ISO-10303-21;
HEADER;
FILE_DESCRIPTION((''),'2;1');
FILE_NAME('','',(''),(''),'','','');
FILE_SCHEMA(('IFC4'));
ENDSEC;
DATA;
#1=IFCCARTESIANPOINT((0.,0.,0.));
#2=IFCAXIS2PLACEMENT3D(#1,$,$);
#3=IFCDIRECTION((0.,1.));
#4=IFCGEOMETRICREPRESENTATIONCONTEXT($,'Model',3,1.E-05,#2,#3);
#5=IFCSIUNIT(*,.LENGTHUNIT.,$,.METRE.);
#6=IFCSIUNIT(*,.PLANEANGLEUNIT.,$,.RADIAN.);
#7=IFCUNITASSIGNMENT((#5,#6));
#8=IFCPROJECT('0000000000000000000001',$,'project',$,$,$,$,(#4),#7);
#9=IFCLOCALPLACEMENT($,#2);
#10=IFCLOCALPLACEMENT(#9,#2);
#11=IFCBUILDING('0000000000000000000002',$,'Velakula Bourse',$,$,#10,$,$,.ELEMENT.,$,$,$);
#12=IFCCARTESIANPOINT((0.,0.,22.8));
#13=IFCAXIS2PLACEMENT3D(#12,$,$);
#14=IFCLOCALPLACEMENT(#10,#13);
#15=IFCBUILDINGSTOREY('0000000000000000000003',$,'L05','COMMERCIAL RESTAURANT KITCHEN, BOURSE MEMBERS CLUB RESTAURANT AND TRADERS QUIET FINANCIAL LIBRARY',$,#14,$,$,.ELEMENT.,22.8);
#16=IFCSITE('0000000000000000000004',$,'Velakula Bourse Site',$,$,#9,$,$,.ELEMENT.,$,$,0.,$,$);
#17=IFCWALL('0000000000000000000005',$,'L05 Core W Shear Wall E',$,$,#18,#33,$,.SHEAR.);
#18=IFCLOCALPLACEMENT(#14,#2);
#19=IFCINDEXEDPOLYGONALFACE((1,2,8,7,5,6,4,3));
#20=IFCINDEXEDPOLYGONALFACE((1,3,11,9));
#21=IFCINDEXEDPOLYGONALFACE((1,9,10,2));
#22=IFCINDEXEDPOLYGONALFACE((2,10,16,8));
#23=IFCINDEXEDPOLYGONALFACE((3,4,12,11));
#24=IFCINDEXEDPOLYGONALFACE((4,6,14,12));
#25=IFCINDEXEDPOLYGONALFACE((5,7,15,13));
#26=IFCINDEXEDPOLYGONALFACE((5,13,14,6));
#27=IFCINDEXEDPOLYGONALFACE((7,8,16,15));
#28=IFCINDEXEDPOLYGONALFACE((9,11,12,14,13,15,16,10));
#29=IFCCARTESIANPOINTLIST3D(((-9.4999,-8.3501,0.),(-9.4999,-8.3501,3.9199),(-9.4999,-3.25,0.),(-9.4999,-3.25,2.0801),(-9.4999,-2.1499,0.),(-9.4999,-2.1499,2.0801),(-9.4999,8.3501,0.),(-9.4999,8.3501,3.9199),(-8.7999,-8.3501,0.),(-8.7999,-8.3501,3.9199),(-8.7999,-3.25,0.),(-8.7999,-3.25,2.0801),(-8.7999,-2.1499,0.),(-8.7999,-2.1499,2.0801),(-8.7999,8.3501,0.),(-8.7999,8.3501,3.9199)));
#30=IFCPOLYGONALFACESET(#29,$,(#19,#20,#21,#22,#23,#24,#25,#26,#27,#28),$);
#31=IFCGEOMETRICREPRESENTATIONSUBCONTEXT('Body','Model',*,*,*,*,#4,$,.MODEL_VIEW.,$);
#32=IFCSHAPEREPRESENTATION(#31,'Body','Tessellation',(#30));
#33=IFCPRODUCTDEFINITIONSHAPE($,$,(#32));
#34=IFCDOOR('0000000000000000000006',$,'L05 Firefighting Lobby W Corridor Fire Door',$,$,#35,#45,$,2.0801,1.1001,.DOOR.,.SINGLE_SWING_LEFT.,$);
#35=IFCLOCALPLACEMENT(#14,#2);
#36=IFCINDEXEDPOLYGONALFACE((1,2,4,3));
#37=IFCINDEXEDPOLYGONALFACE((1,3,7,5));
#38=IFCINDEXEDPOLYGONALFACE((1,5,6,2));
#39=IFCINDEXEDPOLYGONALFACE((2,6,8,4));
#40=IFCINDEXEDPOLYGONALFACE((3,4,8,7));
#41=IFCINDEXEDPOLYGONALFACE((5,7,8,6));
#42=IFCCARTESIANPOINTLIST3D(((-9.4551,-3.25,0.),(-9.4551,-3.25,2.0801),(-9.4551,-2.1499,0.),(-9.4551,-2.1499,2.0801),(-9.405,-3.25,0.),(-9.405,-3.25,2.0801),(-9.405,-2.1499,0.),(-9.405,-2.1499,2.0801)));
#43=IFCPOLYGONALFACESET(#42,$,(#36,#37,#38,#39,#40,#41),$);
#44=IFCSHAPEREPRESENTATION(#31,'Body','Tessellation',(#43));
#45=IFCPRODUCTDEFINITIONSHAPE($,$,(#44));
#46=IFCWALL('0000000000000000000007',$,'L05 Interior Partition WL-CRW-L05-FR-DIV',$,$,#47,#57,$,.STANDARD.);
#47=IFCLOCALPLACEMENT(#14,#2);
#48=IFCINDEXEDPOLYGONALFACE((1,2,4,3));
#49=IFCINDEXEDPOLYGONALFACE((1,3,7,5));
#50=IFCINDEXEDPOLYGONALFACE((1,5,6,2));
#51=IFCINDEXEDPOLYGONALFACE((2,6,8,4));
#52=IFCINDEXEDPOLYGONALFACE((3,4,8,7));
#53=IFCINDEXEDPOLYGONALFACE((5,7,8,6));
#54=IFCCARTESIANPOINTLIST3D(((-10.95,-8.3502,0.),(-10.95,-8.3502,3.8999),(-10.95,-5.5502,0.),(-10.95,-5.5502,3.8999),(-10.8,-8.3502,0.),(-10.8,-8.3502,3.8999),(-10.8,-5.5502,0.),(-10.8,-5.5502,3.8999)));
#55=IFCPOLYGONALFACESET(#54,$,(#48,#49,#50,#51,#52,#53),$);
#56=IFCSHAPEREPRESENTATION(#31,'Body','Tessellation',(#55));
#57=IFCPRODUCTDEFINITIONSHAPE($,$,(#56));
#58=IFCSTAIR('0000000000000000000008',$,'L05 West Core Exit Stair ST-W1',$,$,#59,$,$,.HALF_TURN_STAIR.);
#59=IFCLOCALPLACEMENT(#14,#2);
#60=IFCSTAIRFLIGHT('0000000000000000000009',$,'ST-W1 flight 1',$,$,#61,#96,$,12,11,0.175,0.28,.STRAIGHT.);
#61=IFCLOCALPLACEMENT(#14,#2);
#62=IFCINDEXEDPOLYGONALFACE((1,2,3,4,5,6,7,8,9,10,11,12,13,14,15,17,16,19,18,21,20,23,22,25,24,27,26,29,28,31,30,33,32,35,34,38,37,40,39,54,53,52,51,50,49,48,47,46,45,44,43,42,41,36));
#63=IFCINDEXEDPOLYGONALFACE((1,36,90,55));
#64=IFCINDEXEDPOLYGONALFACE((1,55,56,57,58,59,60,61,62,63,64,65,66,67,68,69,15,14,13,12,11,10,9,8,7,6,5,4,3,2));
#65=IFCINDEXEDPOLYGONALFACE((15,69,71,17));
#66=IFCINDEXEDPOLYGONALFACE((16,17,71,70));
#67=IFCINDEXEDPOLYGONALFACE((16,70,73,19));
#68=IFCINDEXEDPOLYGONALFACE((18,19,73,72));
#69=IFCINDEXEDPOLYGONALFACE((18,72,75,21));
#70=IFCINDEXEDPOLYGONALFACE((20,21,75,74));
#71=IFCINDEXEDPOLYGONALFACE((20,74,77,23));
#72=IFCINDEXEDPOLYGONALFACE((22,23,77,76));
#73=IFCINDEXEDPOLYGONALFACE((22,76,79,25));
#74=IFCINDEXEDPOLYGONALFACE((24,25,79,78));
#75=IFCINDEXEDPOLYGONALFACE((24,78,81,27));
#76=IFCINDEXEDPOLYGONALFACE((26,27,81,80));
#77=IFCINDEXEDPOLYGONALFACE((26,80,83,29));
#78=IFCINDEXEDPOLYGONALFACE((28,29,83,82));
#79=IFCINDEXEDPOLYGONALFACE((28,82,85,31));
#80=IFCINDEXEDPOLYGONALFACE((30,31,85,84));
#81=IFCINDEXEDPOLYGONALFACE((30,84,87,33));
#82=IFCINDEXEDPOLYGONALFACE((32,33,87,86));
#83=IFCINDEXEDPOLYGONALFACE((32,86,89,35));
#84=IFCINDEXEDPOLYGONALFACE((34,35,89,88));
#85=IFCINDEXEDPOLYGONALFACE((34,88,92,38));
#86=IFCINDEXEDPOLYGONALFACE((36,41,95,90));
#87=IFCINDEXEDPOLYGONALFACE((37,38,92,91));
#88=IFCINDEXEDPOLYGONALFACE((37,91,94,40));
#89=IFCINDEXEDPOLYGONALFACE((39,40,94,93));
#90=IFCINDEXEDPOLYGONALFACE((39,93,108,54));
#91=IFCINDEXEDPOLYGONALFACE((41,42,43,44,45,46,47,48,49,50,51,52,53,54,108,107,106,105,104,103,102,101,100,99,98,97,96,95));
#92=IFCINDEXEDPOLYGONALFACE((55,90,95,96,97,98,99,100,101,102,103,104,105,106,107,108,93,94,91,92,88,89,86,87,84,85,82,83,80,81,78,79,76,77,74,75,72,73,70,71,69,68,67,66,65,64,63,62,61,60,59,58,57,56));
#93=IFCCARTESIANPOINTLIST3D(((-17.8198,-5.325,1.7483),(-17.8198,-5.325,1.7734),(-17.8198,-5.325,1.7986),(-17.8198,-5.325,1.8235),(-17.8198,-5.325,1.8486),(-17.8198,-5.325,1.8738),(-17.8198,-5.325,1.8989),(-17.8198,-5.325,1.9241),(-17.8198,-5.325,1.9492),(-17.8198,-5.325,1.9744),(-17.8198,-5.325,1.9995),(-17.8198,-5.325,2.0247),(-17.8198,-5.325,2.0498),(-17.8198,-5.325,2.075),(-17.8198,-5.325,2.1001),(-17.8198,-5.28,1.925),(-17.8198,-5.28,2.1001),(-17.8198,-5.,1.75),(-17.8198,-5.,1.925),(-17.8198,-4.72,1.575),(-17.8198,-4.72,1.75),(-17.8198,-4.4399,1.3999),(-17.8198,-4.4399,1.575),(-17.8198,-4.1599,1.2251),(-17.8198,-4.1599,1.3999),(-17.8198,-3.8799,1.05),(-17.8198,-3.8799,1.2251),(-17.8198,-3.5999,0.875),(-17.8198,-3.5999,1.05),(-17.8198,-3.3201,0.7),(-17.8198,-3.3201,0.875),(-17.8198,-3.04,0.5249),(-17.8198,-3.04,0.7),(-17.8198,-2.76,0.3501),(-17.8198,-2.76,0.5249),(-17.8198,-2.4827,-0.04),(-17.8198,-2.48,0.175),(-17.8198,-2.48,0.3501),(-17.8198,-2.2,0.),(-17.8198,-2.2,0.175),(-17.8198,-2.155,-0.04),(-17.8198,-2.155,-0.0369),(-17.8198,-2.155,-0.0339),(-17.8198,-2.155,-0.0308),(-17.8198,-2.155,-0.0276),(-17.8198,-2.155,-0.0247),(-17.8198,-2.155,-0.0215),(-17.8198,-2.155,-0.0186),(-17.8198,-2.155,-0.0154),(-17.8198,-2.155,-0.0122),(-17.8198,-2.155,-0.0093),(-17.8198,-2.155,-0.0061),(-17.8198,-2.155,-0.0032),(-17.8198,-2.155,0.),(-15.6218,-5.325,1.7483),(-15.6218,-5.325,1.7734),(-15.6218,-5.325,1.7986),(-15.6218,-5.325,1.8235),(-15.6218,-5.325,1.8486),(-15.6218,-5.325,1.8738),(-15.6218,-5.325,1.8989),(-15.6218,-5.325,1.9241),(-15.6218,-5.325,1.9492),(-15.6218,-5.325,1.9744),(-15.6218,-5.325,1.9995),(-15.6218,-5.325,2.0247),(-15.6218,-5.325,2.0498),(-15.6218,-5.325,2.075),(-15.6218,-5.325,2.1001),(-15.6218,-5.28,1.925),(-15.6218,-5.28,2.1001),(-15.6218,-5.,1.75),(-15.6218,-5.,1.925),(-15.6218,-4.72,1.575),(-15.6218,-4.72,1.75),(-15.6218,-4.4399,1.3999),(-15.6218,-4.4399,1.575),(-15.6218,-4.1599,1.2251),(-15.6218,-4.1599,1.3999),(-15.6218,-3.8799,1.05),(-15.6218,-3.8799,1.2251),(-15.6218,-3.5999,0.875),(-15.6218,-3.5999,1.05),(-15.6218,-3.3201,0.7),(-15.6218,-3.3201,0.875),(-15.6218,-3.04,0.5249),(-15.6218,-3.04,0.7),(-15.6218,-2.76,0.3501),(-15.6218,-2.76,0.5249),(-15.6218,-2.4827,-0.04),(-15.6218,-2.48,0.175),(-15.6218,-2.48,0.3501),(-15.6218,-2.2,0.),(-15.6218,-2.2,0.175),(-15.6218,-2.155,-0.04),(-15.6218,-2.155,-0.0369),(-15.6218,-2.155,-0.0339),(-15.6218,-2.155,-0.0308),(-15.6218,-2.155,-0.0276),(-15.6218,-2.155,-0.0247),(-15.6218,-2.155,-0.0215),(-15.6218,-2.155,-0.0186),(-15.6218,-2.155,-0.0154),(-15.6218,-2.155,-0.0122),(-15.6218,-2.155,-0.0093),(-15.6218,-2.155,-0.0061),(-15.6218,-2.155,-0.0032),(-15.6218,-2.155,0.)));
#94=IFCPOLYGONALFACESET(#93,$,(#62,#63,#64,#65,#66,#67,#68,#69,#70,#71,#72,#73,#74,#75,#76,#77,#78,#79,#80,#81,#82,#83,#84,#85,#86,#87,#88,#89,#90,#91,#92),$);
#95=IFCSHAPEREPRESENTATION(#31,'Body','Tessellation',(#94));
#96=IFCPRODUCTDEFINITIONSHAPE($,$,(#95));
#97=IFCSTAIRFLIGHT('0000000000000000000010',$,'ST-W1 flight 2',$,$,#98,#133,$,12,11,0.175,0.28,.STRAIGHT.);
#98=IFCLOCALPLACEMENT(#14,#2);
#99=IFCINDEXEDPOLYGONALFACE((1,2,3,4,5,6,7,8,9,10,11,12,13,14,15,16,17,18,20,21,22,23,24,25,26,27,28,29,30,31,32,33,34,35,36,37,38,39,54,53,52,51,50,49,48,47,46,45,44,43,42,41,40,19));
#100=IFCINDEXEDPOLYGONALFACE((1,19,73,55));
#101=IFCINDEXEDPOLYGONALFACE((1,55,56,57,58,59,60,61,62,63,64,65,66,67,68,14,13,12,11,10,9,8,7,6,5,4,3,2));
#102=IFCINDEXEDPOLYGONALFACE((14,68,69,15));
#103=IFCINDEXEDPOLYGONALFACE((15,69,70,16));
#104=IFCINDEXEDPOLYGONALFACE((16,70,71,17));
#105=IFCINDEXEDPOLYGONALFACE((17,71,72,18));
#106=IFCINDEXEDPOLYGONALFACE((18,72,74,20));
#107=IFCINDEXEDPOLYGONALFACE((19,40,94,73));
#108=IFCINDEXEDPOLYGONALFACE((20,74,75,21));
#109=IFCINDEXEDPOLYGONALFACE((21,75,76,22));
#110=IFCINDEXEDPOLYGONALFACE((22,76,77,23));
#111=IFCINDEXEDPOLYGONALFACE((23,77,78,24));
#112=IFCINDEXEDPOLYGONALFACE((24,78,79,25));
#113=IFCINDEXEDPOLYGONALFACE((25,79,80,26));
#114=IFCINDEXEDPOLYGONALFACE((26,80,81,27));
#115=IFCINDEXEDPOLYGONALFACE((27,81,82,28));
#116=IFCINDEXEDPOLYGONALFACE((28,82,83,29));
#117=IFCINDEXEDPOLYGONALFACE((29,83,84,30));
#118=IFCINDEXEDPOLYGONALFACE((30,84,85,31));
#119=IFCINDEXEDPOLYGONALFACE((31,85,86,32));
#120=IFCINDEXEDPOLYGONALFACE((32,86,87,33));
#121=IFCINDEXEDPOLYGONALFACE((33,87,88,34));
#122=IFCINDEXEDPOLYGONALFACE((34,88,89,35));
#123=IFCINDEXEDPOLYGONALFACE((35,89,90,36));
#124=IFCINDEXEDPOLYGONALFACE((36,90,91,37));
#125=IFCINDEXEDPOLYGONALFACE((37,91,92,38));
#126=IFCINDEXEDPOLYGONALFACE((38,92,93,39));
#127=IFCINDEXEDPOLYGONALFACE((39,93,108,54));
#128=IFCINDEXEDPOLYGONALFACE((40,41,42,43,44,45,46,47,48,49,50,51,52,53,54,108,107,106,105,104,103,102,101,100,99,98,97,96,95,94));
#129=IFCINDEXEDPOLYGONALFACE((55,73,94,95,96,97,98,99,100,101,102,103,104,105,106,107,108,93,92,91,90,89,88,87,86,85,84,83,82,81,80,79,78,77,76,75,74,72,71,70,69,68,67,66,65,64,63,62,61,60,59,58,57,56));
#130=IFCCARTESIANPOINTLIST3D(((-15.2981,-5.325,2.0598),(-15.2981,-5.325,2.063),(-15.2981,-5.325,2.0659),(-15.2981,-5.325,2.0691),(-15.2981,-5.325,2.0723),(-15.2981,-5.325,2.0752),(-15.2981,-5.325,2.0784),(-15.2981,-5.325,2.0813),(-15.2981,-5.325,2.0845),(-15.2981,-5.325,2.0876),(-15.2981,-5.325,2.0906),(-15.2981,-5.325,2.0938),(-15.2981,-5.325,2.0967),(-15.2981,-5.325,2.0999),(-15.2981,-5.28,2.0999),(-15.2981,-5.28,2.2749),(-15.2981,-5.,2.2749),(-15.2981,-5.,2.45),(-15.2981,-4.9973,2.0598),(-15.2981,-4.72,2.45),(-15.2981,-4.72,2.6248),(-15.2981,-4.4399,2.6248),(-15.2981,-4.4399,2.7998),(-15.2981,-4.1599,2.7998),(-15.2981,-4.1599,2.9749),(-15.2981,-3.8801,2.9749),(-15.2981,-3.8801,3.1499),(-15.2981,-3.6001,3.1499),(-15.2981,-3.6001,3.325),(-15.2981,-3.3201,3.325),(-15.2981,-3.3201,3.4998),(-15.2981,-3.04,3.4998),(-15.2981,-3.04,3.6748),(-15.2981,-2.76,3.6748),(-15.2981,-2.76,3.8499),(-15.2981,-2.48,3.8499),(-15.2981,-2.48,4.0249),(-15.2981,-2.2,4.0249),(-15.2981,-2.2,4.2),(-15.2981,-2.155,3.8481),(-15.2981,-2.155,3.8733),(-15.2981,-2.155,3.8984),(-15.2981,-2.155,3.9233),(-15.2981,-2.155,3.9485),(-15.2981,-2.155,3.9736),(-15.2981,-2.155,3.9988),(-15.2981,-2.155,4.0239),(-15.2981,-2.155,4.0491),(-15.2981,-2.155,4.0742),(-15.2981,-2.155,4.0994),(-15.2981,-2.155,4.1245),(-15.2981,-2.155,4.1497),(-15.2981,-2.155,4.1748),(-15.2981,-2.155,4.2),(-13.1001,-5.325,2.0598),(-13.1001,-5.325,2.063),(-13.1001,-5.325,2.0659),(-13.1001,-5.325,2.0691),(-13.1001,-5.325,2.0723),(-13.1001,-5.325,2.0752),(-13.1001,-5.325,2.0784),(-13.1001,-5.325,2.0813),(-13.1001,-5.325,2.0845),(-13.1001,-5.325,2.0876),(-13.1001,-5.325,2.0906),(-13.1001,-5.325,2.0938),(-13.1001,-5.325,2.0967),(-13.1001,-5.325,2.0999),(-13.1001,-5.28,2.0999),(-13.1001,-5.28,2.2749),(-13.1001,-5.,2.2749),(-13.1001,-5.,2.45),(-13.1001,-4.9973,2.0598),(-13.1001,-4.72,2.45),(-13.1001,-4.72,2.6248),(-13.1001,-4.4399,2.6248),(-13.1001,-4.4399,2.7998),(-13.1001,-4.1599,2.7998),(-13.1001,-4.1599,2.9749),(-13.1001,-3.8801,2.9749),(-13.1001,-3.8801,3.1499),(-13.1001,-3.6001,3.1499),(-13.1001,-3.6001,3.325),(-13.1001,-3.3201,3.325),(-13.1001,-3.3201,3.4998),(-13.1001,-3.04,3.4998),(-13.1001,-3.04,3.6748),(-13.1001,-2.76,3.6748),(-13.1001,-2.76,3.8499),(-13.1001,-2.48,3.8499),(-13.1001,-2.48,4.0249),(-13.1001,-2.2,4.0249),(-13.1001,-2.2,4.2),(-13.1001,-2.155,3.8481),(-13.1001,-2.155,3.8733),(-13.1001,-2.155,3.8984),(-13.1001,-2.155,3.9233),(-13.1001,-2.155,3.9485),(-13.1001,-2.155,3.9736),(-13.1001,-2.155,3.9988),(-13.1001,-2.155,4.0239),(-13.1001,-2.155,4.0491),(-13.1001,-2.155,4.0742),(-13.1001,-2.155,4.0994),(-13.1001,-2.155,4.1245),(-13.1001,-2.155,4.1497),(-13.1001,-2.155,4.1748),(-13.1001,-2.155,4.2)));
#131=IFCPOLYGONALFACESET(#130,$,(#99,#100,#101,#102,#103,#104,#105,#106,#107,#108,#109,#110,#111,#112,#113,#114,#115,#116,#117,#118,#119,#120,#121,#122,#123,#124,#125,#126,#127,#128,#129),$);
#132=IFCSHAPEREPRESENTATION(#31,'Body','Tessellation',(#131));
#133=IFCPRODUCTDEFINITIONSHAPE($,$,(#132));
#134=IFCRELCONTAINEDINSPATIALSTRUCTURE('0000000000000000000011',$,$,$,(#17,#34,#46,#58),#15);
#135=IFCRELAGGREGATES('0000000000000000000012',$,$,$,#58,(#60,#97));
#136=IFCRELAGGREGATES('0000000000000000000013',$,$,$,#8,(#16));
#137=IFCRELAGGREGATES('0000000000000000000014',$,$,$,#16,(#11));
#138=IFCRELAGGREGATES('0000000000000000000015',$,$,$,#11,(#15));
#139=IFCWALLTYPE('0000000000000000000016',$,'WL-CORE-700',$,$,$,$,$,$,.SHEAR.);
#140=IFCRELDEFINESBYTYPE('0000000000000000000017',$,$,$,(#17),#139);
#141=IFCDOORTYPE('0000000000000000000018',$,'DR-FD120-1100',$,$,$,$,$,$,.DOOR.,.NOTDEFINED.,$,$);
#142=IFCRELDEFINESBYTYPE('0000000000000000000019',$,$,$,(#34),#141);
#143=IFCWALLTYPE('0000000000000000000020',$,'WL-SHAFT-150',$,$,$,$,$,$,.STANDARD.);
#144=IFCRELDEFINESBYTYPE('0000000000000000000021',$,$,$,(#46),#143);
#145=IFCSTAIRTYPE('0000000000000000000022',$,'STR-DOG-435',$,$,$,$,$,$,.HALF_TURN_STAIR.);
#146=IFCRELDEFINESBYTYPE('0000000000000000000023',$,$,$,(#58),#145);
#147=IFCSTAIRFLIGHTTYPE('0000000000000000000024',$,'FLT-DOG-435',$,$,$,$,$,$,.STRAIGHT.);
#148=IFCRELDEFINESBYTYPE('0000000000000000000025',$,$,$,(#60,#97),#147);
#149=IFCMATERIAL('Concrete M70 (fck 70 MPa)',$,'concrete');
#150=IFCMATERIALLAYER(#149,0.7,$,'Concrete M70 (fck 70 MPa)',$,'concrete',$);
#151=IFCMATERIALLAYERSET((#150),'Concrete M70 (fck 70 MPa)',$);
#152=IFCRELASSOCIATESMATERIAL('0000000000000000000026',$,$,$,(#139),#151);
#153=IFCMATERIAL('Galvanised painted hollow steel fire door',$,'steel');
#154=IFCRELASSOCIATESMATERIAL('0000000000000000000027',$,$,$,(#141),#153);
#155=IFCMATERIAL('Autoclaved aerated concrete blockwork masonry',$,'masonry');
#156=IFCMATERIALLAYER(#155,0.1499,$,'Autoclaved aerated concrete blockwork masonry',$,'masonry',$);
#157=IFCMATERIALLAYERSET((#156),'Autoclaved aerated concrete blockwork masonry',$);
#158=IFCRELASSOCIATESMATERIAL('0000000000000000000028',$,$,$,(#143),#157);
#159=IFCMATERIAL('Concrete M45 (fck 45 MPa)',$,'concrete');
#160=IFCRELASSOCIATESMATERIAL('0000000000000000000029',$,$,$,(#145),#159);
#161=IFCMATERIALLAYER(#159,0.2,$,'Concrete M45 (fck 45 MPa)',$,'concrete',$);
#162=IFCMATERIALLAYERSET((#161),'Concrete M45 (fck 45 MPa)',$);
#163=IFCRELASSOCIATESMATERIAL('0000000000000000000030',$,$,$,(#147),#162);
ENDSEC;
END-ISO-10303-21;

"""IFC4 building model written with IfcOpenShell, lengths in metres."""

from ifc_helpers import new_model, si_unit, direction, frame, frame_2d, origin, place, context, subcontext, project, spatial, polyline, rectangle, outline, extrude, material, layer, layer_set, type_object, element, fill, aggregate, save


model = new_model("IFC4")

# Units and contexts
model_context = context("Model", 3, precision=1e-05, world=origin(), true_north=direction((0.0, 1.0)))
body_context = subcontext(model_context, "Body", "Model", "MODEL_VIEW")
ifc_project = project(units=[si_unit("LENGTHUNIT", "METRE"), si_unit("PLANEANGLEUNIT", "RADIAN")], contexts=[model_context])

# Site, building, storey
site_placement = place(None, origin())
site = spatial("IfcSite", under=ifc_project, at=site_placement, Name="Velakula Bourse Site", CompositionType="ELEMENT", RefElevation=0.0)
building_placement = place(site_placement, origin())
building = spatial("IfcBuilding", under=site, at=building_placement, Name="Velakula Bourse", CompositionType="ELEMENT")
storey_placement = place(building_placement, frame((0.0, 0.0, 22.8)))
storey = spatial("IfcBuildingStorey", under=building, at=storey_placement, Name="L05", Description="COMMERCIAL RESTAURANT KITCHEN, BOURSE MEMBERS CLUB RESTAURANT AND TRADERS QUIET FINANCIAL LIBRARY", CompositionType="ELEMENT", Elevation=22.8)

# Shared definitions
ifc_material_1 = material(Name="Galvanised painted hollow steel fire door", Category="steel")

# Wall, opening, door
ifc_material_2 = material(Name="Concrete M70 (fck 70 MPa)", Category="concrete")
ifc_layer_1 = layer(ifc_material_2, 0.7, Name="Concrete M70 (fck 70 MPa)", Category="concrete")
ifc_layer_set_1 = layer_set([ifc_layer_1], Name="Concrete M70 (fck 70 MPa)")
wall_type_1 = type_object("IfcWallType", Name="WL-CORE-700", PredefinedType="SHEAR", material=ifc_layer_set_1)
wall_1_placement = place(storey_placement, frame((-9.1499, -8.3501, 0.0), z_axis=(0.0, 0.0, 1.0), x_axis=(0.0, 1.0, 0.0)))
wall_1 = element("IfcWall", 1, at=wall_1_placement, inside=storey, type_object=wall_type_1, Name="L05 Core W Shear Wall E", PredefinedType="SHEAR", context=body_context, shape_type="SweptSolid", body=[
    extrude(rectangle(XDim=16.7002, YDim=0.7, at=frame_2d((8.3501, 0.0))), origin(), (0.0, 0.0, 1.0), 3.9199),
])
opening_1_placement = place(wall_1_placement, frame((5.1001, 0.0, 0.0)))
opening_1 = element("IfcOpeningElement", 2, at=opening_1_placement, cuts=wall_1, PredefinedType="OPENING", context=body_context, shape_type="SweptSolid", body=[
    extrude(rectangle(XDim=1.1001, YDim=2.0801, at=frame_2d((0.55, 1.04))), frame((0.0, 0.3599, 0.0), z_axis=(0.0, -1.0, 0.0), x_axis=(1.0, 0.0, 0.0)), (0.0, 0.0, 1.0), 0.72),
])
door_type_1 = type_object("IfcDoorType", Name="DR-FD120-1100", OperationType="NOTDEFINED", PredefinedType="DOOR", material=ifc_material_1)
door_1_placement = place(opening_1_placement, origin())
door_1 = element("IfcDoor", 3, at=door_1_placement, inside=storey, type_object=door_type_1, Name="L05 Firefighting Lobby W Corridor Fire Door", OperationType="SINGLE_SWING_LEFT", OverallHeight=2.0801, OverallWidth=1.1001, PredefinedType="DOOR", context=body_context, shape_type="SweptSolid", body=[
    extrude(rectangle(XDim=1.1001, YDim=2.0801, at=frame_2d((0.55, 1.04))), frame((0.0, 0.3052, 0.0), z_axis=(0.0, -1.0, 0.0), x_axis=(1.0, 0.0, 0.0)), (0.0, 0.0, 1.0), 0.05),
])
fill(opening_1, door_1)

# Shared definitions
ifc_material_3 = material(Name="Autoclaved aerated concrete blockwork masonry", Category="masonry")
ifc_layer_2 = layer(ifc_material_3, 0.1499, Name="Autoclaved aerated concrete blockwork masonry", Category="masonry")
ifc_layer_set_2 = layer_set([ifc_layer_2], Name="Autoclaved aerated concrete blockwork masonry")
wall_type_2 = type_object("IfcWallType", Name="WL-SHAFT-150", PredefinedType="STANDARD", material=ifc_layer_set_2)

# Wall
wall_2_placement = place(storey_placement, frame((-10.875, -8.3501, 0.0), z_axis=(0.0, 0.0, 1.0), x_axis=(0.0, 1.0, 0.0)))
element("IfcWall", 4, at=wall_2_placement, inside=storey, type_object=wall_type_2, Name="L05 Interior Partition WL-CRW-L05-FR-DIV", PredefinedType="STANDARD", context=body_context, shape_type="SweptSolid", body=[
    extrude(rectangle(XDim=2.8, YDim=0.1499, at=frame_2d((1.3999, 0.0))), origin(), (0.0, 0.0, 1.0), 3.8999),
])

# Stair, stair flights
ifc_material_4 = material(Name="Concrete M45 (fck 45 MPa)", Category="concrete")
stair_type = type_object("IfcStairType", Name="STR-DOG-435", PredefinedType="HALF_TURN_STAIR", material=ifc_material_4)
stair_placement = place(storey_placement, origin())
stair = element("IfcStair", 5, at=stair_placement, inside=storey, type_object=stair_type, Name="L05 West Core Exit Stair ST-W1", PredefinedType="HALF_TURN_STAIR")
ifc_layer_3 = layer(ifc_material_4, 0.2, Name="Concrete M45 (fck 45 MPa)", Category="concrete")
ifc_layer_set_3 = layer_set([ifc_layer_3], Name="Concrete M45 (fck 45 MPa)")
stair_flight_type = type_object("IfcStairFlightType", Name="FLT-DOG-435", PredefinedType="STRAIGHT", material=ifc_layer_set_3)
stair_flight_1_placement = place(storey_placement, frame((-16.7209, -2.2, 0.0), z_axis=(0.0, 0.0, 1.0), x_axis=(0.0, -1.0, 0.0)))
stair_flight_1 = element("IfcStairFlight", 6, at=stair_flight_1_placement, type_object=stair_flight_type, Name="ST-W1 flight 1", NumberOfRisers=12, NumberOfTreads=11, PredefinedType="STRAIGHT", RiserHeight=0.175, TreadLength=0.28, context=body_context, shape_type="SweptSolid", body=[
    extrude(outline(polyline([(-0.0449, -0.04), (-0.0449, -0.0369), (-0.0449, -0.0339), (-0.0449, -0.0308), (-0.0449, -0.0276), (-0.0449, -0.0247), (-0.0449, -0.0215), (-0.0449, -0.0186), (-0.0449, -0.0154), (-0.0449, -0.0122), (-0.0449, -0.0093), (-0.0449, -0.0061), (-0.0449, -0.0032), (-0.0449, 0.0), (0.0, 0.0), (0.0, 0.175), (0.28, 0.175), (0.28, 0.3501), (0.5601, 0.3501), (0.5601, 0.5249), (0.8401, 0.5249), (0.8401, 0.7), (1.1201, 0.7), (1.1201, 0.875), (1.3999, 0.875), (1.3999, 1.05), (1.6799, 1.05), (1.6799, 1.2251), (1.96, 1.2251), (1.96, 1.3999), (2.24, 1.3999), (2.24, 1.575), (2.52, 1.575), (2.52, 1.75), (2.8, 1.75), (2.8, 1.925), (3.0801, 1.925), (3.0801, 2.1001), (3.125, 2.1001), (3.125, 2.075), (3.125, 2.0498), (3.125, 2.0247), (3.125, 1.9995), (3.125, 1.9744), (3.125, 1.9492), (3.125, 1.9241), (3.125, 1.8989), (3.125, 1.8738), (3.125, 1.8486), (3.125, 1.8235), (3.125, 1.7986), (3.125, 1.7734), (3.125, 1.7483), (0.2827, -0.04), (-0.0449, -0.04)])), frame((0.0, 1.0991, 0.0), z_axis=(0.0, -1.0, 0.0), x_axis=(1.0, 0.0, 0.0)), (0.0, 0.0, 1.0), 2.198),
])
stair_flight_2_placement = place(storey_placement, frame((-14.199, -5.28, 2.0999), z_axis=(0.0, 0.0, 1.0), x_axis=(0.0, 1.0, 0.0)))
stair_flight_2 = element("IfcStairFlight", 7, at=stair_flight_2_placement, type_object=stair_flight_type, Name="ST-W1 flight 2", NumberOfRisers=12, NumberOfTreads=11, PredefinedType="STRAIGHT", RiserHeight=0.175, TreadLength=0.28, context=body_context, shape_type="SweptSolid", body=[
    extrude(outline(polyline([(-0.0449, -0.04), (-0.0449, -0.0369), (-0.0449, -0.0339), (-0.0449, -0.0308), (-0.0449, -0.0276), (-0.0449, -0.0247), (-0.0449, -0.0215), (-0.0449, -0.0186), (-0.0449, -0.0154), (-0.0449, -0.0122), (-0.0449, -0.0093), (-0.0449, -0.0061), (-0.0449, -0.0032), (-0.0449, 0.0), (0.0, 0.0), (0.0, 0.175), (0.28, 0.175), (0.28, 0.3501), (0.5601, 0.3501), (0.5601, 0.5249), (0.8401, 0.5249), (0.8401, 0.7), (1.1201, 0.7), (1.1201, 0.875), (1.3999, 0.875), (1.3999, 1.05), (1.6799, 1.05), (1.6799, 1.2251), (1.96, 1.2251), (1.96, 1.3999), (2.24, 1.3999), (2.24, 1.575), (2.52, 1.575), (2.52, 1.75), (2.8, 1.75), (2.8, 1.925), (3.0801, 1.925), (3.0801, 2.1001), (3.125, 2.1001), (3.125, 2.075), (3.125, 2.0498), (3.125, 2.0247), (3.125, 1.9995), (3.125, 1.9744), (3.125, 1.9492), (3.125, 1.9241), (3.125, 1.8989), (3.125, 1.8738), (3.125, 1.8486), (3.125, 1.8235), (3.125, 1.7986), (3.125, 1.7734), (3.125, 1.7483), (0.2827, -0.04), (-0.0449, -0.04)])), frame((0.0, 1.0991, 0.0), z_axis=(0.0, -1.0, 0.0), x_axis=(1.0, 0.0, 0.0)), (0.0, 0.0, 1.0), 2.198),
])
aggregate(stair, [stair_flight_1, stair_flight_2])

save(model, "model.ifc")
